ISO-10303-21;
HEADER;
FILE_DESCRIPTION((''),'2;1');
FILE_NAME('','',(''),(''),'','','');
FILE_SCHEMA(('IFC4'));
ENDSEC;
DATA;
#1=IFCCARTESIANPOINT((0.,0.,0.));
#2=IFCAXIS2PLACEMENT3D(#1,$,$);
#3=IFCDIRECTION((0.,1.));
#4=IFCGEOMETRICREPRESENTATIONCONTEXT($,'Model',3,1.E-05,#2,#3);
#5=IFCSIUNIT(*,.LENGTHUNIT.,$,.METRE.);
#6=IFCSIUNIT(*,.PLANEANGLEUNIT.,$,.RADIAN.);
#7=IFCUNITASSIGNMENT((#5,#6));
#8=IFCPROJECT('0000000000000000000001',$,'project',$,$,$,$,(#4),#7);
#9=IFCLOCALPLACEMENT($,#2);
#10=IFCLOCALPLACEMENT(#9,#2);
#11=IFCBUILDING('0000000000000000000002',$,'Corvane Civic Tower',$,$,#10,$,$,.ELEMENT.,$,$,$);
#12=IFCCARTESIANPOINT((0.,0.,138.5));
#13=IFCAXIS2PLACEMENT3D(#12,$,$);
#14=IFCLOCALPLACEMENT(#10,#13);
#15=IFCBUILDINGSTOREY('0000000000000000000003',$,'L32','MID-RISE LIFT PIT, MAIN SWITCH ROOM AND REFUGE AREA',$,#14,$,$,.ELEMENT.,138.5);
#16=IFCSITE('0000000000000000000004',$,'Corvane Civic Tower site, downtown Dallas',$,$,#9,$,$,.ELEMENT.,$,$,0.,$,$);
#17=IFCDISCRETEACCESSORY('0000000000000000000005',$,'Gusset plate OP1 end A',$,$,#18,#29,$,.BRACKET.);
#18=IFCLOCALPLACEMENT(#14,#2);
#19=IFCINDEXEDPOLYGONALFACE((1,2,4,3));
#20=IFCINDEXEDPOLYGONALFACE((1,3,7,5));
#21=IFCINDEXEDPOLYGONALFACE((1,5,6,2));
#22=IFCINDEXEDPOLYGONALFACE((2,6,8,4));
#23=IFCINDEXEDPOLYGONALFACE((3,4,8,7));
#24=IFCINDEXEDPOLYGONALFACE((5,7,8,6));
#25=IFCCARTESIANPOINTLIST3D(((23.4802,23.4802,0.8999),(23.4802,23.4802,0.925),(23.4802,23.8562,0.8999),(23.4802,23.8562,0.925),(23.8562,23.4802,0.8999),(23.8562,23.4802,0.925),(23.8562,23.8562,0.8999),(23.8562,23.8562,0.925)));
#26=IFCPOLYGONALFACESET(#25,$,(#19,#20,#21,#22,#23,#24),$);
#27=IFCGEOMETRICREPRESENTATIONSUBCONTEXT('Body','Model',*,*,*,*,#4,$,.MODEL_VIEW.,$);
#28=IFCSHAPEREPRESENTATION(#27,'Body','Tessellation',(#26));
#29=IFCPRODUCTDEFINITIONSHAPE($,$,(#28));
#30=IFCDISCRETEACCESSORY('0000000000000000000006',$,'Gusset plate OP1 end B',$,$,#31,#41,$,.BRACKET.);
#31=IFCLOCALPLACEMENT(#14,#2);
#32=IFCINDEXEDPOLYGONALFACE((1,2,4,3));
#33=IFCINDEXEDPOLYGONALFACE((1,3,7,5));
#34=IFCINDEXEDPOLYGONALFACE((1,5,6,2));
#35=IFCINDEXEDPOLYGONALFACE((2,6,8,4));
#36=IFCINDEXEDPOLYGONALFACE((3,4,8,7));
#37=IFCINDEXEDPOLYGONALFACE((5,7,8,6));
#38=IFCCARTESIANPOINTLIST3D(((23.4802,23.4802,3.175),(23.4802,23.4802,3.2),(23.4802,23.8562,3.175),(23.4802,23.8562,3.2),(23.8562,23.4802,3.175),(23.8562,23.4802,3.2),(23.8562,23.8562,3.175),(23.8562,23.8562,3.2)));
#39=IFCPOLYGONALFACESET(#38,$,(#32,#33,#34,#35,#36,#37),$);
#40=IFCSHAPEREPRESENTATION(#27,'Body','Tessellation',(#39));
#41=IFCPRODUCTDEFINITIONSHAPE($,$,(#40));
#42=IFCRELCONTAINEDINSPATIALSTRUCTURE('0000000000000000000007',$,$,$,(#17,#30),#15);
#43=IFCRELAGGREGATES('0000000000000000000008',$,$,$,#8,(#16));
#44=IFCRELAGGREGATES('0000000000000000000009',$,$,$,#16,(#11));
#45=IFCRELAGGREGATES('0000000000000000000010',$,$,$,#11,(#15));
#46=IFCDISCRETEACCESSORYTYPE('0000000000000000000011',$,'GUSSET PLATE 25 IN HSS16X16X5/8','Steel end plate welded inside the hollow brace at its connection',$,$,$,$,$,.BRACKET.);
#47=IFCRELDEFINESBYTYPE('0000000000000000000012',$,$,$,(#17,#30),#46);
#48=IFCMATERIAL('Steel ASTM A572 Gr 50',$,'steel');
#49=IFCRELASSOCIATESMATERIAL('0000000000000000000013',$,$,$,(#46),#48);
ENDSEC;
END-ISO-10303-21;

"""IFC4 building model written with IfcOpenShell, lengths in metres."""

from ifc_helpers import new_model, si_unit, direction, frame, origin, origin_2d, place, context, subcontext, project, spatial, rectangle, extrude, material, material_profile, profile_set, type_object, element, save


model = new_model("IFC4")

# Units and contexts
model_context = context("Model", 3, precision=1e-05, world=origin(), true_north=direction((0.0, 1.0)))
body_context = subcontext(model_context, "Body", "Model", "MODEL_VIEW")
ifc_project = project(units=[si_unit("LENGTHUNIT", "METRE"), si_unit("PLANEANGLEUNIT", "RADIAN")], contexts=[model_context])

# Site, building, storey
site_placement = place(None, origin())
site = spatial("IfcSite", under=ifc_project, at=site_placement, Name="Corvane Civic Tower site, downtown Dallas", CompositionType="ELEMENT", RefElevation=0.0)
building_placement = place(site_placement, origin())
building = spatial("IfcBuilding", under=site, at=building_placement, Name="Corvane Civic Tower", CompositionType="ELEMENT")
storey_placement = place(building_placement, frame((0.0, 0.0, 138.5)))
storey = spatial("IfcBuildingStorey", under=building, at=storey_placement, Name="L32", Description="MID-RISE LIFT PIT, MAIN SWITCH ROOM AND REFUGE AREA", CompositionType="ELEMENT", Elevation=138.5)

# Discrete accessories
ifc_material_1 = material(Name="Steel ASTM A572 Gr 50", Category="steel")
ifc_material_profile_1 = material_profile(ifc_material_1, rectangle(XDim=0.376, YDim=0.376, at=origin_2d()), Name="GUSSET PLATE 25 IN HSS16X16X5/8")
ifc_profile_set_1 = profile_set([ifc_material_profile_1], Name="Steel ASTM A572 Gr 50")
discrete_accessory_type_1 = type_object("IfcDiscreteAccessoryType", Name="GUSSET PLATE 25 IN HSS16X16X5/8", Description="Steel end plate welded inside the hollow brace at its connection", PredefinedType="BRACKET", material=ifc_profile_set_1)
discrete_accessory_1_placement = place(storey_placement, frame((23.6682, 23.6682, 0.8999), z_axis=(0.0, 0.0, 1.0), x_axis=(1.0, 0.0, 0.0)))
element("IfcDiscreteAccessory", 1, at=discrete_accessory_1_placement, inside=storey, type_object=discrete_accessory_type_1, Name="Gusset plate OP1 end A", PredefinedType="BRACKET", context=body_context, shape_type="SweptSolid", body=[
    extrude(rectangle(XDim=0.376, YDim=0.376, at=origin_2d()), origin(), (0.0, 0.0, 1.0), 0.0251),
])
discrete_accessory_2_placement = place(storey_placement, frame((23.6682, 23.6682, 3.2), z_axis=(0.0, 0.0, -1.0), x_axis=(1.0, 0.0, 0.0)))
element("IfcDiscreteAccessory", 2, at=discrete_accessory_2_placement, inside=storey, type_object=discrete_accessory_type_1, Name="Gusset plate OP1 end B", PredefinedType="BRACKET", context=body_context, shape_type="SweptSolid", body=[
    extrude(rectangle(XDim=0.376, YDim=0.376, at=origin_2d()), origin(), (0.0, 0.0, 1.0), 0.0249),
])

save(model, "model.ifc")
